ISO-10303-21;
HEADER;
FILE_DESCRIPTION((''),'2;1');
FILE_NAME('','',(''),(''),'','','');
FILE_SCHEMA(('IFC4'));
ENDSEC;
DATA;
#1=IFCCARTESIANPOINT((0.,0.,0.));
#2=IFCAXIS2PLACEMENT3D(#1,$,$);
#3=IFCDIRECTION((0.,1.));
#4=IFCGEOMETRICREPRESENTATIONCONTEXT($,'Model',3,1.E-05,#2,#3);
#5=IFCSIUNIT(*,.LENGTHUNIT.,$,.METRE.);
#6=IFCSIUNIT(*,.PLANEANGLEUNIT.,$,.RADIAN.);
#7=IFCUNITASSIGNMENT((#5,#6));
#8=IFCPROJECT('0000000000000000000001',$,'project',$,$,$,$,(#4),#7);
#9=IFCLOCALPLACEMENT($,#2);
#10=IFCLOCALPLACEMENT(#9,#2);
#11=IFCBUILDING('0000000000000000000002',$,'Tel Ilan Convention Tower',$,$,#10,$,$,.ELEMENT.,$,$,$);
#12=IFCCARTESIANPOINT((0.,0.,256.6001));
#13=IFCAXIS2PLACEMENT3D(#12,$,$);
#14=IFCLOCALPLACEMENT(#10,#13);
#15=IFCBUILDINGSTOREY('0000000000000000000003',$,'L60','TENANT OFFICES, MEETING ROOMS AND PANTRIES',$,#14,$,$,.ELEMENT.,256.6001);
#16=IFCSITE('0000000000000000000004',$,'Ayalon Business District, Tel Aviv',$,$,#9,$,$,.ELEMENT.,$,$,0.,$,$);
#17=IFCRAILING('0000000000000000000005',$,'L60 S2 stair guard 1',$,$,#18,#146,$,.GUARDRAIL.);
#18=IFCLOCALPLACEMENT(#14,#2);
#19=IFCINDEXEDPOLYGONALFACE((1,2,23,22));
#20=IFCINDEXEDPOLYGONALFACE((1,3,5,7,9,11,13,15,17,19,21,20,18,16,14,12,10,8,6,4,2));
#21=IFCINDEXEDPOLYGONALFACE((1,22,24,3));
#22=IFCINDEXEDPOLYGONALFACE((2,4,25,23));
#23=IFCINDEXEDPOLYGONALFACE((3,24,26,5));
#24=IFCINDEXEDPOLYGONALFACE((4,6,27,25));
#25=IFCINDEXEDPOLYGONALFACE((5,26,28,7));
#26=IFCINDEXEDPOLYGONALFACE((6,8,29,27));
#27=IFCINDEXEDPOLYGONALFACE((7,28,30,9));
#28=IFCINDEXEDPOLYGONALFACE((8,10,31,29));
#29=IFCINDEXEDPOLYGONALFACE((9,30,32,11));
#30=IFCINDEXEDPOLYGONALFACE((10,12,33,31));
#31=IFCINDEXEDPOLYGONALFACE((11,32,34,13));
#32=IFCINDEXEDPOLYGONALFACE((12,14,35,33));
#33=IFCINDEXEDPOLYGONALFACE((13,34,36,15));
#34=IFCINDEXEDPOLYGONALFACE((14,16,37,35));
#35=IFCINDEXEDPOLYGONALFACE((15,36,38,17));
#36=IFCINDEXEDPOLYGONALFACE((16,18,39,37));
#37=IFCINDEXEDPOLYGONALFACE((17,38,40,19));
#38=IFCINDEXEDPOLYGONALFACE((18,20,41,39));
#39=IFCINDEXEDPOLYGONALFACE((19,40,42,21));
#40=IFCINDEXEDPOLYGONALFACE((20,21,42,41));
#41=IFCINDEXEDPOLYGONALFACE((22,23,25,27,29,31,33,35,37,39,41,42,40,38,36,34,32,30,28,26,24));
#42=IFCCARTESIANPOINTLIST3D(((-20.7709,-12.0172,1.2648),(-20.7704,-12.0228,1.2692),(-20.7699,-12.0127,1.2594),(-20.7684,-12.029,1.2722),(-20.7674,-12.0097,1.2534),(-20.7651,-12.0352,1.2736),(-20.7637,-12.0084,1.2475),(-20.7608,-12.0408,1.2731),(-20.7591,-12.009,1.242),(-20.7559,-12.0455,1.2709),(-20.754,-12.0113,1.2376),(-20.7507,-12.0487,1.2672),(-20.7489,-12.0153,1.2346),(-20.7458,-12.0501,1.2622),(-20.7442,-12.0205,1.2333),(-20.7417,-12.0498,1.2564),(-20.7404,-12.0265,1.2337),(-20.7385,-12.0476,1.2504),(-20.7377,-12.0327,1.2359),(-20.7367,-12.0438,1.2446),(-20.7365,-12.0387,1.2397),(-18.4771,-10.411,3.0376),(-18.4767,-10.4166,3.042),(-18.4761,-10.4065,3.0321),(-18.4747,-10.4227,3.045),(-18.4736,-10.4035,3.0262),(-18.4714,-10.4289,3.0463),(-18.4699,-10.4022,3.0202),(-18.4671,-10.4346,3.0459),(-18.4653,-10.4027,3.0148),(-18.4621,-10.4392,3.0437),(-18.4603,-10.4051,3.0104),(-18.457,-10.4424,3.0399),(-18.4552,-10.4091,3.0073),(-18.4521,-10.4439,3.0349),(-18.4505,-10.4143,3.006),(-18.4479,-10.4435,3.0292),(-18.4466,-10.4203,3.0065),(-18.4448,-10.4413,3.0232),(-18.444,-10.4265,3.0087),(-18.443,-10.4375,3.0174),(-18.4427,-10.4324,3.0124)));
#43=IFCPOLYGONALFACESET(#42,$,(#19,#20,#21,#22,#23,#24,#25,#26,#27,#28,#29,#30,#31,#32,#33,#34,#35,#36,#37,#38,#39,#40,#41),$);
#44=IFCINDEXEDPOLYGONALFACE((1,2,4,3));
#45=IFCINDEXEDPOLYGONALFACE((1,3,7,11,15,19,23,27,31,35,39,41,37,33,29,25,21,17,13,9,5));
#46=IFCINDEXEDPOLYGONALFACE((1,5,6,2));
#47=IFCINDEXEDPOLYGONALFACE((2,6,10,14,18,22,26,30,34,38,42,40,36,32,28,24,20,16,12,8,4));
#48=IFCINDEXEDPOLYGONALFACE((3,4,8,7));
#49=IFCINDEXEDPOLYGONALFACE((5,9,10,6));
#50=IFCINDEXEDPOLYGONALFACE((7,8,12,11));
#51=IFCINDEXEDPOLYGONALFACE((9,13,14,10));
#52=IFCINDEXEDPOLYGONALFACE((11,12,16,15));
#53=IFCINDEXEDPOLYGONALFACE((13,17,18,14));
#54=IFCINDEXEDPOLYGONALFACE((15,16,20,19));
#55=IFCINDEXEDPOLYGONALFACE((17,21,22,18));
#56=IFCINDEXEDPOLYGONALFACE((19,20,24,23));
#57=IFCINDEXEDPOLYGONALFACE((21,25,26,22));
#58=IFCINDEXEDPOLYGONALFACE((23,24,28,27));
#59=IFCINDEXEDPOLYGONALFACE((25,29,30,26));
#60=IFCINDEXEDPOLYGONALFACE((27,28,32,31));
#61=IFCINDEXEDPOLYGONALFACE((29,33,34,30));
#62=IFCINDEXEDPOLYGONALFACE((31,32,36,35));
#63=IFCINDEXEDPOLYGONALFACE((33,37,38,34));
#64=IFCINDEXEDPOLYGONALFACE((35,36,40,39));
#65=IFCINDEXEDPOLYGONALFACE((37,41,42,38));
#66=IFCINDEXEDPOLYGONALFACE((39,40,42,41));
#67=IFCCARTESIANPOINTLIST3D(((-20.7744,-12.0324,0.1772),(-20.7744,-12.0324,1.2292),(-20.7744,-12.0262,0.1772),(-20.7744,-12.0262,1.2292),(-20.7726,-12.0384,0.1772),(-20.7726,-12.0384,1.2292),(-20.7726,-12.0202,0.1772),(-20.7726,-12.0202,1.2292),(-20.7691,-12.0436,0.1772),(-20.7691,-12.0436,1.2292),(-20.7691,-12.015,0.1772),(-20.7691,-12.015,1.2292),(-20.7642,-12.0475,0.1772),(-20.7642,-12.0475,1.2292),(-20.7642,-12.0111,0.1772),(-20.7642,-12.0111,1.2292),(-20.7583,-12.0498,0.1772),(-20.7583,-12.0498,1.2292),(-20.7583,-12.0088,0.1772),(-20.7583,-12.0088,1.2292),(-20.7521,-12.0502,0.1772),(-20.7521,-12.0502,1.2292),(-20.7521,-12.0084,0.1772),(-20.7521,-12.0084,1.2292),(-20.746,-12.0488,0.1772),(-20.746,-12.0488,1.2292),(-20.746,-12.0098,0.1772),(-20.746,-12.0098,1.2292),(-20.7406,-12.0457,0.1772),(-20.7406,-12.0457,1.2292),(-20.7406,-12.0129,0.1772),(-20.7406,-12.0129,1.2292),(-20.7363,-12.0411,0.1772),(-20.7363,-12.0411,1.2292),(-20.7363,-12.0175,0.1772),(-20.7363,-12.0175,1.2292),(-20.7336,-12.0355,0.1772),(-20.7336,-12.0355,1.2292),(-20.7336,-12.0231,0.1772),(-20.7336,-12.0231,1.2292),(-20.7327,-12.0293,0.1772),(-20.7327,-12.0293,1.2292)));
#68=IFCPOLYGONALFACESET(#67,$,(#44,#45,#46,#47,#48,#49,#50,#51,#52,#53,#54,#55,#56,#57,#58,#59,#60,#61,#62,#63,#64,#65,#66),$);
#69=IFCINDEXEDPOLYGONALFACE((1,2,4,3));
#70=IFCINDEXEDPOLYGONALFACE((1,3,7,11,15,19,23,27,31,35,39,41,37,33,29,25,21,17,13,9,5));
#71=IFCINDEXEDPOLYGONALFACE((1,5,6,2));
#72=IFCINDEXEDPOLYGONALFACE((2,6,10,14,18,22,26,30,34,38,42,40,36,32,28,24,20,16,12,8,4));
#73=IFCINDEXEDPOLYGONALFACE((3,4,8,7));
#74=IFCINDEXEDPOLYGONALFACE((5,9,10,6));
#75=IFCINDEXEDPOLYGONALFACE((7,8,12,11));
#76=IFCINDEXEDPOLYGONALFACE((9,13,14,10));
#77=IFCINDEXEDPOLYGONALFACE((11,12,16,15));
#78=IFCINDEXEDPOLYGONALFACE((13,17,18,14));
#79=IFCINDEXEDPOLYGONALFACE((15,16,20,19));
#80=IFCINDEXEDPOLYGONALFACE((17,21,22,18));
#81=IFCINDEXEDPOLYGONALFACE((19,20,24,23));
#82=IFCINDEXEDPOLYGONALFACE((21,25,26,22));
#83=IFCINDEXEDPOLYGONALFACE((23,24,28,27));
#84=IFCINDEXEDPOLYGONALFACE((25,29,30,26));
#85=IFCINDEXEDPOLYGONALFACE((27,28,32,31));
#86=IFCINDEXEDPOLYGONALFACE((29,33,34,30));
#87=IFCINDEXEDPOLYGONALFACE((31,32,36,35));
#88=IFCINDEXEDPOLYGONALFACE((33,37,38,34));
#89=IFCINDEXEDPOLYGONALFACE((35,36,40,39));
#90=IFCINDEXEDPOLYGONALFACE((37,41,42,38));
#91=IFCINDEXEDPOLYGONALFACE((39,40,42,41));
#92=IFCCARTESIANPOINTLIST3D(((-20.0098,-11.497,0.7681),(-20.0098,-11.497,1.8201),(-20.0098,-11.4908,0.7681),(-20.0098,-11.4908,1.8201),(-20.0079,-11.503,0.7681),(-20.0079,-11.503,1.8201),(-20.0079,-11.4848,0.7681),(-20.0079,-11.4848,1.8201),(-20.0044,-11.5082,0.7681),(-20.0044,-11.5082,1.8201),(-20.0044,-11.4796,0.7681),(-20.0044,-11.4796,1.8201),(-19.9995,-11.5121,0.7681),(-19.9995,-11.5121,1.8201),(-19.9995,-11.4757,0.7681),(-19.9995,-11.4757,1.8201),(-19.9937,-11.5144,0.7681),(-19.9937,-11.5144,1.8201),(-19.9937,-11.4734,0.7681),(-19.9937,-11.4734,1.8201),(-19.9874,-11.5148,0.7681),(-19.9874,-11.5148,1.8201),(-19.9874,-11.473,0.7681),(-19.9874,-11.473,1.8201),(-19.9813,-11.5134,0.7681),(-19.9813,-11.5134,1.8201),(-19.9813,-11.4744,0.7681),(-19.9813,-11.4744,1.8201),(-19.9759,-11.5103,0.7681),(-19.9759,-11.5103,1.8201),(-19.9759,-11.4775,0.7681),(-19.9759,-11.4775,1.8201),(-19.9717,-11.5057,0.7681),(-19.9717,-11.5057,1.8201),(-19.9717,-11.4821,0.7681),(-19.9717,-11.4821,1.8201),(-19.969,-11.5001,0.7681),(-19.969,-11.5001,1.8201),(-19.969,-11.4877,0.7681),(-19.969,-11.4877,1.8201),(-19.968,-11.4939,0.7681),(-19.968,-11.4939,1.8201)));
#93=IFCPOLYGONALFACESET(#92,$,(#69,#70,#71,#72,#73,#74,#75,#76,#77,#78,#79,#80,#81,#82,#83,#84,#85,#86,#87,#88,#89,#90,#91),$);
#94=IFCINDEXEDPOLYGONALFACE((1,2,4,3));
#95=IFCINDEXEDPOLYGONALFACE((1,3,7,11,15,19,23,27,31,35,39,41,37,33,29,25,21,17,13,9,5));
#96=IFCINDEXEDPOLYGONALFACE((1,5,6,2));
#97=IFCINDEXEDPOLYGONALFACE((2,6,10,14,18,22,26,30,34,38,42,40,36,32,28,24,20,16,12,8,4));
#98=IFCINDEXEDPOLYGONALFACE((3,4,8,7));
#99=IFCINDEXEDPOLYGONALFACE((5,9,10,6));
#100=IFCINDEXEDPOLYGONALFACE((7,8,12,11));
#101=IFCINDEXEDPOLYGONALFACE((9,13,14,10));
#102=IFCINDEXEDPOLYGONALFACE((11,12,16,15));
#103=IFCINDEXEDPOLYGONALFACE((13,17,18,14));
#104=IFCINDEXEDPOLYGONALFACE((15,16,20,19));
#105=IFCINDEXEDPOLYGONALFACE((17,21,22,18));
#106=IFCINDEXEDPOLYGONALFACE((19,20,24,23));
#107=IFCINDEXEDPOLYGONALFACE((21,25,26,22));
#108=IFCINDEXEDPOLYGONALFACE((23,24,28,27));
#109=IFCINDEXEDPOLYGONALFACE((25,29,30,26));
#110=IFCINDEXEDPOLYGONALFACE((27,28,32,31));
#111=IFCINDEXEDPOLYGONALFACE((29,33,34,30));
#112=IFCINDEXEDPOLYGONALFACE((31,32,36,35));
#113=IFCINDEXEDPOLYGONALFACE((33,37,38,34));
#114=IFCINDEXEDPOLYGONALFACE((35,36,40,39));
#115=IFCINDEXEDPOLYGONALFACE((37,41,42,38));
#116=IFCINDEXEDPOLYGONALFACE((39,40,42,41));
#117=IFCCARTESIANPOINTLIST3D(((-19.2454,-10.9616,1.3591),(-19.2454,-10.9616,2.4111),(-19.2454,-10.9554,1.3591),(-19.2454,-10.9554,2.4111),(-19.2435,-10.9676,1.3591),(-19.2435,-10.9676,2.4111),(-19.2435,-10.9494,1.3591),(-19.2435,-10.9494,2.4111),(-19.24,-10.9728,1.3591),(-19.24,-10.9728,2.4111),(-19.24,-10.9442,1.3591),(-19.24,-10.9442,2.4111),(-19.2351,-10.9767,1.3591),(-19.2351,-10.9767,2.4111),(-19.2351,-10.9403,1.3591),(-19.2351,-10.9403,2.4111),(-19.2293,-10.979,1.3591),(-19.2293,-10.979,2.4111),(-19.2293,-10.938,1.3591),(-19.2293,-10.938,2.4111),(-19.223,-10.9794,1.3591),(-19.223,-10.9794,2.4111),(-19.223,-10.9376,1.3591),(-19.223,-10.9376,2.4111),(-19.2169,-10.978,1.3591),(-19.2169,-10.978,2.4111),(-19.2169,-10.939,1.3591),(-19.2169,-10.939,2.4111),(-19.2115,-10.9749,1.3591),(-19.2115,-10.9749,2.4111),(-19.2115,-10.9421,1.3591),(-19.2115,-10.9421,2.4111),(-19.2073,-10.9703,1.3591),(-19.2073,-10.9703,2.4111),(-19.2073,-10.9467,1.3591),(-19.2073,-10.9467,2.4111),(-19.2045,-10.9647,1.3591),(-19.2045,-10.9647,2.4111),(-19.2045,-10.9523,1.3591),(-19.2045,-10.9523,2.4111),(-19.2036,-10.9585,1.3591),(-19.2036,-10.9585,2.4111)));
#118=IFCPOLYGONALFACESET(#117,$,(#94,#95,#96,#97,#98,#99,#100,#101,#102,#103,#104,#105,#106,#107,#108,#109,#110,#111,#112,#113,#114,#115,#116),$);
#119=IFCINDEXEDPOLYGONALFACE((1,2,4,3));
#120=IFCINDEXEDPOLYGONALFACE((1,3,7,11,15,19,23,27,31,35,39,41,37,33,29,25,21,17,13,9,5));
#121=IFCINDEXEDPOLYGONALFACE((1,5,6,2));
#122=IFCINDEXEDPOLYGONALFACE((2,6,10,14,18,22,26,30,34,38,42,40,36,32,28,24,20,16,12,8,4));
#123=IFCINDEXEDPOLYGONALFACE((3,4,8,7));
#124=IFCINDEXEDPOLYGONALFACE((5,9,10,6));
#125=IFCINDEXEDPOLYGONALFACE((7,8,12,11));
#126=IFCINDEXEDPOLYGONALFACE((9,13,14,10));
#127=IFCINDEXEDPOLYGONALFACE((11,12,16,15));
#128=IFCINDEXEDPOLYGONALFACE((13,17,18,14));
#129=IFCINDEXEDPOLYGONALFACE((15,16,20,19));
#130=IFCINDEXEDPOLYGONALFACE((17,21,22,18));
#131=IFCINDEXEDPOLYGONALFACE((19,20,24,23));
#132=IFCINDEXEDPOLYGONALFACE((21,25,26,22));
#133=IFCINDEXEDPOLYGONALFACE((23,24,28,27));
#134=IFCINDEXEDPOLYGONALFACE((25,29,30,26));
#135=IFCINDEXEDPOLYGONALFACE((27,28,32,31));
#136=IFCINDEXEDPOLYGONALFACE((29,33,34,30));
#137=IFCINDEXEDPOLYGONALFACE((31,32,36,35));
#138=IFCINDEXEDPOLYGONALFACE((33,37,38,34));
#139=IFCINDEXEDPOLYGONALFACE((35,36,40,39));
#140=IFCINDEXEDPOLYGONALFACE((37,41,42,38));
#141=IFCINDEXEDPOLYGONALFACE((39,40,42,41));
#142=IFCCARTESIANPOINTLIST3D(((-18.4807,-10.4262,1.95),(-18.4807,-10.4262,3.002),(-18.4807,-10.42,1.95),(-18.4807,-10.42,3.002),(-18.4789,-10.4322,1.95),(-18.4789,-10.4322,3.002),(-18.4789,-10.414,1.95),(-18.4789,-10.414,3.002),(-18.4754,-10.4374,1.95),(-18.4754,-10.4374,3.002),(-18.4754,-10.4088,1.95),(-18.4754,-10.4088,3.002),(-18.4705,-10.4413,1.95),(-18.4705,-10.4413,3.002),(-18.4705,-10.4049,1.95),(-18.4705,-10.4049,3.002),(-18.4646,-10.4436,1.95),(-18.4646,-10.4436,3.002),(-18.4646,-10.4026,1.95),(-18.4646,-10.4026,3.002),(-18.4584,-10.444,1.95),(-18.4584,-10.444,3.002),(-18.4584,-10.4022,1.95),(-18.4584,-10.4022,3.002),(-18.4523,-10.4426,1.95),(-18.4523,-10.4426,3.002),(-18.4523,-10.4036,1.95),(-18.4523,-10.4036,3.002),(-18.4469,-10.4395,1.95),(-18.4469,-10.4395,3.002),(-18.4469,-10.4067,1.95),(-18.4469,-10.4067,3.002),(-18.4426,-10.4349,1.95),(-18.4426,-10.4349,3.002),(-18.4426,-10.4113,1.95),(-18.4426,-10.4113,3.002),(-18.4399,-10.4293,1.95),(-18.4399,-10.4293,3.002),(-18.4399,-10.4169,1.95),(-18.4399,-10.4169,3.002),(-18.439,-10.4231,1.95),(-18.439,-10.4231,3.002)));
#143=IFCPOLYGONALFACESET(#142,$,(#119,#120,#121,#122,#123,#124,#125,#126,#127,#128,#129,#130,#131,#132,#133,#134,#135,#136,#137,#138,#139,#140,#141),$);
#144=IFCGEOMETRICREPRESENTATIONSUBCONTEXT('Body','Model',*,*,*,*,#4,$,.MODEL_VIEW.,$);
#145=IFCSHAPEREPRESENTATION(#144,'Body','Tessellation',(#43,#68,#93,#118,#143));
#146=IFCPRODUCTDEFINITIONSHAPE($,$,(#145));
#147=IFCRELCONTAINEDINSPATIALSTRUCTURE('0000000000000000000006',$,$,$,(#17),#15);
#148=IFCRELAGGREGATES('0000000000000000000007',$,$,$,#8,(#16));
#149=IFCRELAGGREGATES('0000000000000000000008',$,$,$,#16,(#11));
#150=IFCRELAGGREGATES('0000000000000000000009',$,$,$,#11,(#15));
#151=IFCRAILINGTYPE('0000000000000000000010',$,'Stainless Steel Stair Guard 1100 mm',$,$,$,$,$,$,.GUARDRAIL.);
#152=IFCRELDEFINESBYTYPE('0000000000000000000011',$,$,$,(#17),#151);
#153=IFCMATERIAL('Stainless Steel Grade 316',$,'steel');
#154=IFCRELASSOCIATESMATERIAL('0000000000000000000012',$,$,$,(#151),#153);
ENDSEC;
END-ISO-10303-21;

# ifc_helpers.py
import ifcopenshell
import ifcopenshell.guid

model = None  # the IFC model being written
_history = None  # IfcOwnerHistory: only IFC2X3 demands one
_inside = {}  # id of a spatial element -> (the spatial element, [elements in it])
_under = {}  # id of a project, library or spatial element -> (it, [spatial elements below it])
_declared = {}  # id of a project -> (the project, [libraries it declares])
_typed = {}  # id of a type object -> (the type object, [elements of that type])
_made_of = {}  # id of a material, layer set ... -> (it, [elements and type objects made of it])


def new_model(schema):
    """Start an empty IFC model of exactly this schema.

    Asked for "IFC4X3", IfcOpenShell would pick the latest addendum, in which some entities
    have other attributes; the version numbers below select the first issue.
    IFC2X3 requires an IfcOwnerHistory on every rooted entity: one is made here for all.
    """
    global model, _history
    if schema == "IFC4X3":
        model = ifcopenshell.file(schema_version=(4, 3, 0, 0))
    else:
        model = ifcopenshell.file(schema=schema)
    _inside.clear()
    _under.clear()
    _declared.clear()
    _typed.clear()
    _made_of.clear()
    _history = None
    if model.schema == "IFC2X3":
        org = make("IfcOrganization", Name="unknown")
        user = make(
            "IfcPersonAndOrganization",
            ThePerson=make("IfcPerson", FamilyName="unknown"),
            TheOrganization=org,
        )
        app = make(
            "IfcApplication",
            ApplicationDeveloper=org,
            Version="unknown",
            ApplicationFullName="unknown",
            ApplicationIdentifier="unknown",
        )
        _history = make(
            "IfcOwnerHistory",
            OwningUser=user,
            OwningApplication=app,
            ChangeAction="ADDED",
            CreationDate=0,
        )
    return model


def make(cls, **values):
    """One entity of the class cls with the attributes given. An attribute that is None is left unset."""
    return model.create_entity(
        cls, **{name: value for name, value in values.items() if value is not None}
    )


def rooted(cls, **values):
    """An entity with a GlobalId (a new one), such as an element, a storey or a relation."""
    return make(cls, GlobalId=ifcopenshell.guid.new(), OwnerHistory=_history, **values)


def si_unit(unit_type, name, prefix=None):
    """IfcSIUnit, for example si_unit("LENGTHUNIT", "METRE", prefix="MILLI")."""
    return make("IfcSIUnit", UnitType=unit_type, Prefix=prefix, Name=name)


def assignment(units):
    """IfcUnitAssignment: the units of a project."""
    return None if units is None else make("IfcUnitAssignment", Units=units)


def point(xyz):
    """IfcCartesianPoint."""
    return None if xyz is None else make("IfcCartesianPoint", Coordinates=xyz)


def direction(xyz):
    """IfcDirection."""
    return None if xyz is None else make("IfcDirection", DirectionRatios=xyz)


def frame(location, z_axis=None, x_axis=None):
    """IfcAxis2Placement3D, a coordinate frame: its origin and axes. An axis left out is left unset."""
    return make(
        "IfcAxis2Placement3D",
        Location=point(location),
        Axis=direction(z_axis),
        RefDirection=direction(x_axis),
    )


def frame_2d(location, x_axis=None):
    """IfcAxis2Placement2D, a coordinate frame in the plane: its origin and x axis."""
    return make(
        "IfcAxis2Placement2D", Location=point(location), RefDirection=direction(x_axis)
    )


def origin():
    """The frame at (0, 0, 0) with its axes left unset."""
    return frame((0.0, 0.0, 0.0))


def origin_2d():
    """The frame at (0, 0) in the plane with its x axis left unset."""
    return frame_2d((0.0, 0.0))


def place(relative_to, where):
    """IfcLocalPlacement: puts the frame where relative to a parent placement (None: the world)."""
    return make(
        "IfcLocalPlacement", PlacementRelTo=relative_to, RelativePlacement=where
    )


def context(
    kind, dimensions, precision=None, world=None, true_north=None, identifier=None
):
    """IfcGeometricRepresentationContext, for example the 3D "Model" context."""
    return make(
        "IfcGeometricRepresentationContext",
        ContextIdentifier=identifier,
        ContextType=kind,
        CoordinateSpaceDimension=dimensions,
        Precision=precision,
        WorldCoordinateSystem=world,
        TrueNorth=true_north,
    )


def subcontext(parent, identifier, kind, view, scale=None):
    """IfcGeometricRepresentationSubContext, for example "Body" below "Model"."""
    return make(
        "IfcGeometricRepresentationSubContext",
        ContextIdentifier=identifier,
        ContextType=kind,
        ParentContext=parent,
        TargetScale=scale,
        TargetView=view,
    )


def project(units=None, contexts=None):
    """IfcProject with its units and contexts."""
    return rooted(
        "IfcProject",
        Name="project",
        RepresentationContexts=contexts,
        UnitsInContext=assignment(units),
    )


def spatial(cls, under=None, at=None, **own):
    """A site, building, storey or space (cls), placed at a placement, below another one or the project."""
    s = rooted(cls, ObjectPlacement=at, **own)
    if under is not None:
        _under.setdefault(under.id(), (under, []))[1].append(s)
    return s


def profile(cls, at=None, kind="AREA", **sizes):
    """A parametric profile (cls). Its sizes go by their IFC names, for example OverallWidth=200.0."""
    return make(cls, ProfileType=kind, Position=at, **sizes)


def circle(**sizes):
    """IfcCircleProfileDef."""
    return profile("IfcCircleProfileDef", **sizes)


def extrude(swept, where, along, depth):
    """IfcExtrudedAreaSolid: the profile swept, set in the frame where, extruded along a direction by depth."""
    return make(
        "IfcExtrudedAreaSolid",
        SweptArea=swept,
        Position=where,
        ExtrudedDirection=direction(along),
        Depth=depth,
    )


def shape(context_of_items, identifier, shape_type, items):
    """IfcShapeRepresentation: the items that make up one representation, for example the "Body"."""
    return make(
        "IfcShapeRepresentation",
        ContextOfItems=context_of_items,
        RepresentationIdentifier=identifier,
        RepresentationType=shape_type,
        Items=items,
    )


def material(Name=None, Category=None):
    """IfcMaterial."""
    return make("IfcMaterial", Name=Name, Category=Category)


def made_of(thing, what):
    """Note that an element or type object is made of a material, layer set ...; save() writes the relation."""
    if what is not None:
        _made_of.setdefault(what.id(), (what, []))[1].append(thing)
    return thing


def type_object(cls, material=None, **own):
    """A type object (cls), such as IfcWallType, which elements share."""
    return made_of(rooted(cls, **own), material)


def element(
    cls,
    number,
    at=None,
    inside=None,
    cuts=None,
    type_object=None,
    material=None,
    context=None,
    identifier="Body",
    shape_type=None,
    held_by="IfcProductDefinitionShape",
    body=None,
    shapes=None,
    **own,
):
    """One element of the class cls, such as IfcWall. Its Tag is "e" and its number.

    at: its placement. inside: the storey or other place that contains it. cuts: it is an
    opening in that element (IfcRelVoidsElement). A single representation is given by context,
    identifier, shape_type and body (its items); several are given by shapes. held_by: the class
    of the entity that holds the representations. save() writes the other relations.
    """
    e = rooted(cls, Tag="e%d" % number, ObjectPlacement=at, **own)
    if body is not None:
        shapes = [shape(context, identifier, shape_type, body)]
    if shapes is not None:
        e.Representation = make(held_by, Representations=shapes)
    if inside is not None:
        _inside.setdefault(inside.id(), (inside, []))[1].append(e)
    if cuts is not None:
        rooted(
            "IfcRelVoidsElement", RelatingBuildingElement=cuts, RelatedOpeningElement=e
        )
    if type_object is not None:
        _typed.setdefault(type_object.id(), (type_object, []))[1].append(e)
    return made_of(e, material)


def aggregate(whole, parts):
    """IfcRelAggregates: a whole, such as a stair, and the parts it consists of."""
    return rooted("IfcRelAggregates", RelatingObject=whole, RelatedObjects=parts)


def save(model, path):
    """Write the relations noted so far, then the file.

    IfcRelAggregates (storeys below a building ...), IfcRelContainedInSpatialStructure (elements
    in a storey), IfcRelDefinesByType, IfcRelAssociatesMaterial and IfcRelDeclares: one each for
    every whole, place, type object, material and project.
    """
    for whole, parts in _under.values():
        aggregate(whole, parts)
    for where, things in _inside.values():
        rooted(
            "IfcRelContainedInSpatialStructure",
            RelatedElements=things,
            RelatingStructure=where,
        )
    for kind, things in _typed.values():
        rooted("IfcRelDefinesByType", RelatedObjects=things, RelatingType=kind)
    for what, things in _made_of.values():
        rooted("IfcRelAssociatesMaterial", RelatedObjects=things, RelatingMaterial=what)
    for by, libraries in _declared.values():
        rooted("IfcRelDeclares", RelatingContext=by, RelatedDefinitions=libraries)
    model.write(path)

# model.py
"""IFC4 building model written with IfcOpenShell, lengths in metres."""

from ifc_helpers import new_model, si_unit, direction, frame, origin, origin_2d, place, context, subcontext, project, spatial, circle, extrude, material, type_object, element, save


model = new_model("IFC4")

# Units and contexts
model_context = context("Model", 3, precision=1e-05, world=origin(), true_north=direction((0.0, 1.0)))
body_context = subcontext(model_context, "Body", "Model", "MODEL_VIEW")
ifc_project = project(units=[si_unit("LENGTHUNIT", "METRE"), si_unit("PLANEANGLEUNIT", "RADIAN")], contexts=[model_context])

# Site, building, storey
site_placement = place(None, origin())
site = spatial("IfcSite", under=ifc_project, at=site_placement, Name="Ayalon Business District, Tel Aviv", CompositionType="ELEMENT", RefElevation=0.0)
building_placement = place(site_placement, origin())
building = spatial("IfcBuilding", under=site, at=building_placement, Name="Tel Ilan Convention Tower", CompositionType="ELEMENT")
storey_placement = place(building_placement, frame((0.0, 0.0, 256.6001)))
storey = spatial("IfcBuildingStorey", under=building, at=storey_placement, Name="L60", Description="TENANT OFFICES, MEETING ROOMS AND PANTRIES", CompositionType="ELEMENT", Elevation=256.6001)

# Railing
ifc_material_1 = material(Name="Stainless Steel Grade 316", Category="steel")
railing_type_1 = type_object("IfcRailingType", Name="Stainless Steel Stair Guard 1100 mm", PredefinedType="GUARDRAIL", material=ifc_material_1)
railing_1_placement = place(storey_placement, frame((-20.7537, -12.0293, 0.1772)))
element("IfcRailing", 1, at=railing_1_placement, inside=storey, type_object=railing_type_1, Name="L60 S2 stair guard 1", PredefinedType="GUARDRAIL", context=body_context, shape_type="SweptSolid", body=[
    extrude(circle(Radius=0.0239, at=origin_2d()), frame((0.0, 0.0, 1.0762), z_axis=(0.692098, 0.484653, 0.534894), x_axis=(-0.573609, 0.81913, 0.0)), (0.0, 0.0, 1.0), 3.3142),
    extrude(circle(Radius=0.021, at=origin_2d()), origin(), (0.0, 0.0, 1.0), 1.052),
    extrude(circle(Radius=0.021, at=origin_2d()), frame((0.7646, 0.5354, 0.5908)), (0.0, 0.0, 1.0), 1.052),
    extrude(circle(Radius=0.021, at=origin_2d()), frame((1.5291, 1.0708, 1.1819)), (0.0, 0.0, 1.0), 1.052),
    extrude(circle(Radius=0.021, at=origin_2d()), frame((2.2937, 1.6062, 1.7727)), (0.0, 0.0, 1.0), 1.052),
])

save(model, "model.ifc")
